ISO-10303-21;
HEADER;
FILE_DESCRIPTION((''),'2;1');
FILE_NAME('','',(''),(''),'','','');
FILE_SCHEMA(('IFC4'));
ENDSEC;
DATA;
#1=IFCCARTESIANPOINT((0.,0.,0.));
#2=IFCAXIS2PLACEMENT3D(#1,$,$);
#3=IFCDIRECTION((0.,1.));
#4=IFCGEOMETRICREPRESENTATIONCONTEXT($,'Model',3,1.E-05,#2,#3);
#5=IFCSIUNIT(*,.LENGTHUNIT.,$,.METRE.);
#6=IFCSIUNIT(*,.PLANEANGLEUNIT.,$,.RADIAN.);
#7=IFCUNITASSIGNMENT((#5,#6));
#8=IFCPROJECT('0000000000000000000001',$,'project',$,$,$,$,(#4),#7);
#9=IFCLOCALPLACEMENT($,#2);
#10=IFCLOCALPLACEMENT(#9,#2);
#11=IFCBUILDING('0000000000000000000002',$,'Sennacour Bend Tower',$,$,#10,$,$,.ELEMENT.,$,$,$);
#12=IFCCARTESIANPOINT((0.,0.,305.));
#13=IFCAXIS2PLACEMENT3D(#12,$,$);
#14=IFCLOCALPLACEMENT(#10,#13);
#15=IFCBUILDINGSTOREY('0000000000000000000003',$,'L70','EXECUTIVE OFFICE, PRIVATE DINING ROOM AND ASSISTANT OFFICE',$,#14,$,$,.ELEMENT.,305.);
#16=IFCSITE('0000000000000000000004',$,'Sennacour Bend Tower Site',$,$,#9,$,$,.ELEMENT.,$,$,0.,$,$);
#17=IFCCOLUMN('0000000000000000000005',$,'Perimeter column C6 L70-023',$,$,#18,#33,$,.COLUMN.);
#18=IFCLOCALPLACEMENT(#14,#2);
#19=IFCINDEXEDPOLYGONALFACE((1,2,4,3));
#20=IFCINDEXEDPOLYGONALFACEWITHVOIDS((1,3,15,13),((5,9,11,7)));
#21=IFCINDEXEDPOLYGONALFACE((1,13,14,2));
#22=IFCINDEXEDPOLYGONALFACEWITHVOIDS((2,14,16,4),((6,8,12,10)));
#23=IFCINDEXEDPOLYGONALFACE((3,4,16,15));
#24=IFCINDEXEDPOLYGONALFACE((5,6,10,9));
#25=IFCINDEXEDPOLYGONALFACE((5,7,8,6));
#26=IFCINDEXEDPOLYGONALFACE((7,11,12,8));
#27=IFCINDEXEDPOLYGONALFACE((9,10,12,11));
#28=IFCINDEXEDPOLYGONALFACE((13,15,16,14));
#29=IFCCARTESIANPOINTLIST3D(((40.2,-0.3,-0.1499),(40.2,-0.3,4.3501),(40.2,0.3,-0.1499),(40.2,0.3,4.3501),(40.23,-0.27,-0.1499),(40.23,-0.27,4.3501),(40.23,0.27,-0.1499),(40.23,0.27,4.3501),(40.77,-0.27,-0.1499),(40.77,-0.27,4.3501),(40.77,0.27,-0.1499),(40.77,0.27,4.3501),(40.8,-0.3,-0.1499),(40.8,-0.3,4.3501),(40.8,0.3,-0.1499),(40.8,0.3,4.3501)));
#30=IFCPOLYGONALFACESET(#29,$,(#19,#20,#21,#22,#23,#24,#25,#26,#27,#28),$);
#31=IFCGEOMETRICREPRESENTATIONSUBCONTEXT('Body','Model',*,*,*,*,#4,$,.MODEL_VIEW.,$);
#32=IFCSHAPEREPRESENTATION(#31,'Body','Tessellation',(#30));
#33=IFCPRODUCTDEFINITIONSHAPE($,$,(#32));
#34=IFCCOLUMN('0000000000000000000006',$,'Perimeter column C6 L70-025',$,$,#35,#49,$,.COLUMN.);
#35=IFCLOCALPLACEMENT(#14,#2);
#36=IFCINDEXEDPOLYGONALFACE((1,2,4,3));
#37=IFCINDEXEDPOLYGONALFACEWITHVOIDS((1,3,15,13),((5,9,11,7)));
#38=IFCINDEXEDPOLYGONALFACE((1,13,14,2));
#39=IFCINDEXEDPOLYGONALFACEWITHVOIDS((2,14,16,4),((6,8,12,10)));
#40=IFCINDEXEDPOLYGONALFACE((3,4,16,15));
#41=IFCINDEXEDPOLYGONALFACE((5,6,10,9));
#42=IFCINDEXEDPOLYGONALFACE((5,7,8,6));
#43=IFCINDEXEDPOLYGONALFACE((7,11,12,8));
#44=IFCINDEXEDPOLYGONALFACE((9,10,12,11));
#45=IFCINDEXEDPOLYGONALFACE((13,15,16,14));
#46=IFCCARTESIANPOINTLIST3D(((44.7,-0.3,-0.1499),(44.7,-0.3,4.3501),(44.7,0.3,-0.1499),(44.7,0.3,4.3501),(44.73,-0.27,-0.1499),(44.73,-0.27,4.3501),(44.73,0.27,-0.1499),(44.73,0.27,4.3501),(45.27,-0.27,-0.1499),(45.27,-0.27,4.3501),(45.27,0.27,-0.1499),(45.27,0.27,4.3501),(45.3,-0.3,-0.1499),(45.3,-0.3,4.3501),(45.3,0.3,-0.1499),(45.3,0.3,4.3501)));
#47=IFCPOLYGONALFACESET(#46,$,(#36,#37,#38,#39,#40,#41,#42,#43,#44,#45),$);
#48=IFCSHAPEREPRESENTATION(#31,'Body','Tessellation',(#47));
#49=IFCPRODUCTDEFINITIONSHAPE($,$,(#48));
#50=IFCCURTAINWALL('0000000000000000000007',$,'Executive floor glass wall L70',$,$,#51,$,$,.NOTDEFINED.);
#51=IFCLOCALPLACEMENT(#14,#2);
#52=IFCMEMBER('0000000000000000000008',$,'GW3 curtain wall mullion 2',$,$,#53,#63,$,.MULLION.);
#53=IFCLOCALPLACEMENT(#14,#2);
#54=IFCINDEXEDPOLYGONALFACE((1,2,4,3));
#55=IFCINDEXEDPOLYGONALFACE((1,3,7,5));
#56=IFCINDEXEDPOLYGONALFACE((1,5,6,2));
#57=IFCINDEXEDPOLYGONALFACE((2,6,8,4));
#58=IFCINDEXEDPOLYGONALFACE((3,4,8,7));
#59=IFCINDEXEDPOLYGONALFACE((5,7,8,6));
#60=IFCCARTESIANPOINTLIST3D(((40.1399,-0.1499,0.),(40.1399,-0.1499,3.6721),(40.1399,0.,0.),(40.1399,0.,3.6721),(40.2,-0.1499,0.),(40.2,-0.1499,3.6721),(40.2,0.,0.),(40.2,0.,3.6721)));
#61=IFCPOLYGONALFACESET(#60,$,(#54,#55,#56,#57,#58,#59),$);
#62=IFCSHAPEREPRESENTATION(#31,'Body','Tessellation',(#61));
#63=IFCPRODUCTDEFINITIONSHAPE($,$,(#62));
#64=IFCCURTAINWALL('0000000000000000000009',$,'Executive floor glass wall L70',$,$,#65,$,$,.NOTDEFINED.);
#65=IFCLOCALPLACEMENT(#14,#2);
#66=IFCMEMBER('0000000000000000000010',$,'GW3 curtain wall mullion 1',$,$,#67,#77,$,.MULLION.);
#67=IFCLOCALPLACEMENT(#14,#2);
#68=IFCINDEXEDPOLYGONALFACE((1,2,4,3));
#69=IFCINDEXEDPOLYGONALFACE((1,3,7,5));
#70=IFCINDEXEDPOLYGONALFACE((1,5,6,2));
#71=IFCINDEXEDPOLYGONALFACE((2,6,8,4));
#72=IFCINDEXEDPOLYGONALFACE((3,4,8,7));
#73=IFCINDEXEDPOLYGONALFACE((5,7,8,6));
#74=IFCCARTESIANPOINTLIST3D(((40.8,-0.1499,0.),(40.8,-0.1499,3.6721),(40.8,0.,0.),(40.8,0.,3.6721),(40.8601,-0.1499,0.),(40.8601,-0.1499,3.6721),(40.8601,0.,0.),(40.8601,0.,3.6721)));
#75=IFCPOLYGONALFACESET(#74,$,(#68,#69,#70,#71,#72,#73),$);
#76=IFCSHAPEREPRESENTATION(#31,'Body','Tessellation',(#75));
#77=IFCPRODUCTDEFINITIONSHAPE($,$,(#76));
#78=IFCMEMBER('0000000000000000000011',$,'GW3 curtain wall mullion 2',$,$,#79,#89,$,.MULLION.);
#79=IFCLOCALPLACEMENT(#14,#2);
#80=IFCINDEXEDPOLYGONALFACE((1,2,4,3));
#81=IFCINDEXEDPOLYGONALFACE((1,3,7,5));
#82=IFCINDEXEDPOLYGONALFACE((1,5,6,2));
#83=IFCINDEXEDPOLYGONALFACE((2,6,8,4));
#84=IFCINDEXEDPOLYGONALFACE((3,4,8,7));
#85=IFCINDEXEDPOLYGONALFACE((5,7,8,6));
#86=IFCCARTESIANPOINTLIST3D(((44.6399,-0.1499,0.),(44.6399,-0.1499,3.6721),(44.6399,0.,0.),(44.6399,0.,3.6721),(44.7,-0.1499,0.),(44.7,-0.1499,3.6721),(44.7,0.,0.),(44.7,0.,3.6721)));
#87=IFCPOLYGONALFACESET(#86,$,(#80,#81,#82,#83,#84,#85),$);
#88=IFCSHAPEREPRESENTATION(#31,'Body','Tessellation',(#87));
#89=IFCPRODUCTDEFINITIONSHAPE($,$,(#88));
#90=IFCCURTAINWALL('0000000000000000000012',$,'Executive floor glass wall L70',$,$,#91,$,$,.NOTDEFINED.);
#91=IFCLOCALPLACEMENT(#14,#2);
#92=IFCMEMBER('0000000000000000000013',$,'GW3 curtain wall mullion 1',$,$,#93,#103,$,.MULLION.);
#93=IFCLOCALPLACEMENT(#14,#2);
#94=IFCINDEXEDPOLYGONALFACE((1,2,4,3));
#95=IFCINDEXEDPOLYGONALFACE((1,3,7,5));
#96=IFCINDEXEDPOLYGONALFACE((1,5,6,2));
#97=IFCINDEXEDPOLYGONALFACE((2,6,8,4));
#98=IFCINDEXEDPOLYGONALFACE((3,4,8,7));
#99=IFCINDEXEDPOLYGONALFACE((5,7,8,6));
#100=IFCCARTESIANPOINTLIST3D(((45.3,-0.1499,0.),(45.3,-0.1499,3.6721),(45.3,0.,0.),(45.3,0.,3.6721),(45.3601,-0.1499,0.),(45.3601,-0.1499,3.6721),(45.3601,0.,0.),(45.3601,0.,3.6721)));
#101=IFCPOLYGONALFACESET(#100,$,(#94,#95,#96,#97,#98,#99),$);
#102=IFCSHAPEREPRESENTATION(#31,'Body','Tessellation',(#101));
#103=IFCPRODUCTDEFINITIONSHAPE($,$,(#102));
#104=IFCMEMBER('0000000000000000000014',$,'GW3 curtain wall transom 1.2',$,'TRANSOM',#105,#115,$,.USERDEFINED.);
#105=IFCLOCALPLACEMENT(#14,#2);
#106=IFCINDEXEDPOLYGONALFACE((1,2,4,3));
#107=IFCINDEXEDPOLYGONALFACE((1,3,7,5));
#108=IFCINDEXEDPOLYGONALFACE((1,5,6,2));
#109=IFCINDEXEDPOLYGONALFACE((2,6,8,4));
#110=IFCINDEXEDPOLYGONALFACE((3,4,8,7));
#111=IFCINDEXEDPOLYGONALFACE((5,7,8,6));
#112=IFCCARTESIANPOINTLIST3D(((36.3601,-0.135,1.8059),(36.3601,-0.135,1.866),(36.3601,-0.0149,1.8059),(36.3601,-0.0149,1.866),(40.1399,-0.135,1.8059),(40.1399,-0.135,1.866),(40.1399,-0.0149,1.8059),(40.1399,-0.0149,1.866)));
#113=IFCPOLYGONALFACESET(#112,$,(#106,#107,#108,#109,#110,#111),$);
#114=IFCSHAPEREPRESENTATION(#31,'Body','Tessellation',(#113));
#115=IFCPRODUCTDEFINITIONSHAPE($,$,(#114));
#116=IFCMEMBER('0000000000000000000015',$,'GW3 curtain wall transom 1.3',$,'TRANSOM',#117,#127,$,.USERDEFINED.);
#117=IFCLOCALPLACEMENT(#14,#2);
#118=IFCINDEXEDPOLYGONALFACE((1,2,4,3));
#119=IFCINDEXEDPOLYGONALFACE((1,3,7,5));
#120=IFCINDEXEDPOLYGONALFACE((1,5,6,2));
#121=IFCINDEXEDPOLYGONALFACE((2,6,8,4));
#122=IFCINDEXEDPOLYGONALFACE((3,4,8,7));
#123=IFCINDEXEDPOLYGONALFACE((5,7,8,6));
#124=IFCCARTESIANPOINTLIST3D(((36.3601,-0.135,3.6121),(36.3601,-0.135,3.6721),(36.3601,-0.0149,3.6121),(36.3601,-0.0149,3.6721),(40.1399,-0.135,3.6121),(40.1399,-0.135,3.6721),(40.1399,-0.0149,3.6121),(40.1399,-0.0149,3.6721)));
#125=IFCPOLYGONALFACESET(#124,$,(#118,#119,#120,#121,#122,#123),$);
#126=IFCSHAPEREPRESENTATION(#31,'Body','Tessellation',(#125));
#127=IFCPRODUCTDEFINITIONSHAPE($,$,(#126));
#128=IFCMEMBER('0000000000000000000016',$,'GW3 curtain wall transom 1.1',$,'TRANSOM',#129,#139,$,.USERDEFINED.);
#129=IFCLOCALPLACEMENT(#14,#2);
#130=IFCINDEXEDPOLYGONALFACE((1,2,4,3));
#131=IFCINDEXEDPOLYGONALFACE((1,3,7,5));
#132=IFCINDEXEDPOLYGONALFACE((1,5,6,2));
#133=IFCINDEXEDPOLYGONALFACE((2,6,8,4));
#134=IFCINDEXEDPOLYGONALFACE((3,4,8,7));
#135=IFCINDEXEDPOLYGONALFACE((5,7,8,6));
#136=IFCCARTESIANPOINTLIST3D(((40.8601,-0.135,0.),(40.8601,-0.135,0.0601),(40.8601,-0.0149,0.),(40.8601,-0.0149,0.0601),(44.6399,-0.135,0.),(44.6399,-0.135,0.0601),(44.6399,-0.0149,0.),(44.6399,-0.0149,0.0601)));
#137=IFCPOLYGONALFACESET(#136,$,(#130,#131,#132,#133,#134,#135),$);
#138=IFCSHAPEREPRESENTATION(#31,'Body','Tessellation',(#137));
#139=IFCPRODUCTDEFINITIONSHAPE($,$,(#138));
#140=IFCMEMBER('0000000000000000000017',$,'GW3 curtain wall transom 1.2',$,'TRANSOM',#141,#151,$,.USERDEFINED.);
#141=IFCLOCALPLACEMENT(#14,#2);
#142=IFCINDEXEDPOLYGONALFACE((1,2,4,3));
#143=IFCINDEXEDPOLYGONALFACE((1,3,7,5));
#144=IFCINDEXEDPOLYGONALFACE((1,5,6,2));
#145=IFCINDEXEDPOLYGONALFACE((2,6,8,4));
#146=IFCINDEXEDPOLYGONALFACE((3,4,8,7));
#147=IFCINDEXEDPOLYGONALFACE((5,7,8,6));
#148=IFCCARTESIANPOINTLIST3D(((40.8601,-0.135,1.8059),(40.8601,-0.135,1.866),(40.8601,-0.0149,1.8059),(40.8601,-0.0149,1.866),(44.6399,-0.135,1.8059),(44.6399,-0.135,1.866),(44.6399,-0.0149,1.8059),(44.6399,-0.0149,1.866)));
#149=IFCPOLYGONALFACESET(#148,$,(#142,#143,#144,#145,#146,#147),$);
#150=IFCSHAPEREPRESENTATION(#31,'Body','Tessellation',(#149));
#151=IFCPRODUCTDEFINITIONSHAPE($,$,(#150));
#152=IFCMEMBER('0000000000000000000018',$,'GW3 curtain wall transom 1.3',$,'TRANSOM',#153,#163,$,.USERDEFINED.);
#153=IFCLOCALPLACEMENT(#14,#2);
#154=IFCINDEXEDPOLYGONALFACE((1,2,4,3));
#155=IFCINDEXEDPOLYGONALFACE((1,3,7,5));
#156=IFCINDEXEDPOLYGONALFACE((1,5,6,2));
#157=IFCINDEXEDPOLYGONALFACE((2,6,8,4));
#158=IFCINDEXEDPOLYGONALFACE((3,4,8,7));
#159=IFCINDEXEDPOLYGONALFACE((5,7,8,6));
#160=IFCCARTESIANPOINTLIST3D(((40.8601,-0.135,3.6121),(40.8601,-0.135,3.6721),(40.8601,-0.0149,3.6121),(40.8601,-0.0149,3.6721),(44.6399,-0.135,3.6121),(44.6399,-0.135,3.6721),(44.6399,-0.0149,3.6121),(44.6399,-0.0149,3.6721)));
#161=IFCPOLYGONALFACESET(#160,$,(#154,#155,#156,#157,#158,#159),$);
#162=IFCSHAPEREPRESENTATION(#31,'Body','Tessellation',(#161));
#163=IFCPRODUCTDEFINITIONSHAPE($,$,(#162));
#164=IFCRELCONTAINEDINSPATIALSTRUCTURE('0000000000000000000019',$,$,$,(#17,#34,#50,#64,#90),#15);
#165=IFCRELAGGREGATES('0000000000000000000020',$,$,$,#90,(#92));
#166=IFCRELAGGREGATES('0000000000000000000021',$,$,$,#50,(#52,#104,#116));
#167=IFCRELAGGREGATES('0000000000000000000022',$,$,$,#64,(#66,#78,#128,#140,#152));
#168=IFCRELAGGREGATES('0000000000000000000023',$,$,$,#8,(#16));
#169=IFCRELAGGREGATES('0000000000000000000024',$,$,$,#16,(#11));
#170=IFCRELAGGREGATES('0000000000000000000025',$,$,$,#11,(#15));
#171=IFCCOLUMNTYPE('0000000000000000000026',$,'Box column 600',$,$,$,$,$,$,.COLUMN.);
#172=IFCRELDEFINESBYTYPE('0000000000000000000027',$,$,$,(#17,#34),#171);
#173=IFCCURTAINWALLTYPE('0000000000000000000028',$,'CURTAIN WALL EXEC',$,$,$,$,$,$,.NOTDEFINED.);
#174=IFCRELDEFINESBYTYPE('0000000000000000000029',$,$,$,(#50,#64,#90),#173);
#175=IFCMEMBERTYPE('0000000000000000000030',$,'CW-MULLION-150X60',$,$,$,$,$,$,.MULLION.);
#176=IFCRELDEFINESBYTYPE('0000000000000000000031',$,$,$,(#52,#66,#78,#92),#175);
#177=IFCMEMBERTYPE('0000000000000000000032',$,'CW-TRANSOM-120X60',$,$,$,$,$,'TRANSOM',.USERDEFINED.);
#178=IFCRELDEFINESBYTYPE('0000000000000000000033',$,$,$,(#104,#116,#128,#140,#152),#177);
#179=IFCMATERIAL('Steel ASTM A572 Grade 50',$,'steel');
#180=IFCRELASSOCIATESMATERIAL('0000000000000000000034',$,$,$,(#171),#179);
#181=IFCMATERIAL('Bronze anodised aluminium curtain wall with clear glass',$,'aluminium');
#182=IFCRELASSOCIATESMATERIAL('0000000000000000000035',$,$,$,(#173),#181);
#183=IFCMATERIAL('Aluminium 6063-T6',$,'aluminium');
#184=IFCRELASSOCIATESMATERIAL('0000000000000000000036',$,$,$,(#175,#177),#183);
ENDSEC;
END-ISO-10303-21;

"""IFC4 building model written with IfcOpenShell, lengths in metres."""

from ifc_helpers import new_model, si_unit, direction, frame, origin, origin_2d, place, context, subcontext, project, spatial, rectangle, hollow_rectangle, extrude, material, material_profile, profile_set, type_object, element, aggregate, save


model = new_model("IFC4")

# Units and contexts
model_context = context("Model", 3, precision=1e-05, world=origin(), true_north=direction((0.0, 1.0)))
body_context = subcontext(model_context, "Body", "Model", "MODEL_VIEW")
ifc_project = project(units=[si_unit("LENGTHUNIT", "METRE"), si_unit("PLANEANGLEUNIT", "RADIAN")], contexts=[model_context])

# Site, building, storey
site_placement = place(None, origin())
site = spatial("IfcSite", under=ifc_project, at=site_placement, Name="Sennacour Bend Tower Site", CompositionType="ELEMENT", RefElevation=0.0)
building_placement = place(site_placement, origin())
building = spatial("IfcBuilding", under=site, at=building_placement, Name="Sennacour Bend Tower", CompositionType="ELEMENT")
storey_placement = place(building_placement, frame((0.0, 0.0, 305.0)))
storey = spatial("IfcBuildingStorey", under=building, at=storey_placement, Name="L70", Description="EXECUTIVE OFFICE, PRIVATE DINING ROOM AND ASSISTANT OFFICE", CompositionType="ELEMENT", Elevation=305.0)

# Columns
ifc_material_1 = material(Name="Steel ASTM A572 Grade 50", Category="steel")
ifc_material_profile_1 = material_profile(ifc_material_1, hollow_rectangle(XDim=0.6001, YDim=0.6001, WallThickness=0.03, at=origin_2d()), Name="Steel ASTM A572 Grade 50", Category="steel")
ifc_profile_set_1 = profile_set([ifc_material_profile_1], Name="Steel ASTM A572 Grade 50")
column_type = type_object("IfcColumnType", Name="Box column 600", PredefinedType="COLUMN", material=ifc_profile_set_1)
for number, where, z_axis, x_axis, name in (
    (1, (40.5, 0.0, -0.1499), (0.0, 0.0, 1.0), (1.0, 0.0, 0.0), "Perimeter column C6 L70-023"),
    (2, (45.0, 0.0, -0.1499), (0.0, 0.0, 1.0), (1.0, 0.0, 0.0), "Perimeter column C6 L70-025"),
):
    element("IfcColumn", number, at=place(storey_placement, frame(where, z_axis=z_axis, x_axis=x_axis)), inside=storey, type_object=column_type, Name=name, PredefinedType="COLUMN", context=body_context, shape_type="SweptSolid", body=[
        extrude(hollow_rectangle(XDim=0.6001, YDim=0.6001, WallThickness=0.03, at=origin_2d()), origin(), (0.0, 0.0, 1.0), 4.5),
    ])

# Curtain wall, member
ifc_material_2 = material(Name="Bronze anodised aluminium curtain wall with clear glass", Category="aluminium")
curtain_wall_type = type_object("IfcCurtainWallType", Name="CURTAIN WALL EXEC", PredefinedType="NOTDEFINED", material=ifc_material_2)
curtain_wall_1_placement = place(storey_placement, origin())
curtain_wall_1 = element("IfcCurtainWall", 3, at=curtain_wall_1_placement, inside=storey, type_object=curtain_wall_type, Name="Executive floor glass wall L70", PredefinedType="NOTDEFINED")
ifc_material_3 = material(Name="Aluminium 6063-T6", Category="aluminium")
ifc_material_profile_2 = material_profile(ifc_material_3, rectangle(XDim=0.1499, YDim=0.0601, at=origin_2d()), Name="Aluminium 6063-T6", Category="aluminium")
ifc_profile_set_2 = profile_set([ifc_material_profile_2], Name="Aluminium 6063-T6")
member_type_1 = type_object("IfcMemberType", Name="CW-MULLION-150X60", PredefinedType="MULLION", material=ifc_profile_set_2)
member_1_placement = place(storey_placement, frame((40.1699, -0.075, 0.0), z_axis=(0.0, 0.0, 1.0), x_axis=(0.0, 1.0, 0.0)))
member_1 = element("IfcMember", 4, at=member_1_placement, type_object=member_type_1, Name="GW3 curtain wall mullion 2", PredefinedType="MULLION", context=body_context, shape_type="SweptSolid", body=[
    extrude(rectangle(XDim=0.1499, YDim=0.0601, at=origin_2d()), origin(), (0.0, 0.0, 1.0), 3.6721),
])

# Curtain wall, members
curtain_wall_2_placement = place(storey_placement, origin())
curtain_wall_2 = element("IfcCurtainWall", 5, at=curtain_wall_2_placement, inside=storey, type_object=curtain_wall_type, Name="Executive floor glass wall L70", PredefinedType="NOTDEFINED")
member_2_placement = place(storey_placement, frame((40.8301, -0.075, 0.0), z_axis=(0.0, 0.0, 1.0), x_axis=(0.0, 1.0, 0.0)))
member_2 = element("IfcMember", 6, at=member_2_placement, type_object=member_type_1, Name="GW3 curtain wall mullion 1", PredefinedType="MULLION", context=body_context, shape_type="SweptSolid", body=[
    extrude(rectangle(XDim=0.1499, YDim=0.0601, at=origin_2d()), origin(), (0.0, 0.0, 1.0), 3.6721),
])
member_3_placement = place(storey_placement, frame((44.6699, -0.075, 0.0), z_axis=(0.0, 0.0, 1.0), x_axis=(0.0, 1.0, 0.0)))
member_3 = element("IfcMember", 7, at=member_3_placement, type_object=member_type_1, Name="GW3 curtain wall mullion 2", PredefinedType="MULLION", context=body_context, shape_type="SweptSolid", body=[
    extrude(rectangle(XDim=0.1499, YDim=0.0601, at=origin_2d()), origin(), (0.0, 0.0, 1.0), 3.6721),
])

# Curtain wall, member
curtain_wall_3_placement = place(storey_placement, origin())
curtain_wall_3 = element("IfcCurtainWall", 8, at=curtain_wall_3_placement, inside=storey, type_object=curtain_wall_type, Name="Executive floor glass wall L70", PredefinedType="NOTDEFINED")
member_4_placement = place(storey_placement, frame((45.3301, -0.075, 0.0), z_axis=(0.0, 0.0, 1.0), x_axis=(0.0, 1.0, 0.0)))
member_4 = element("IfcMember", 9, at=member_4_placement, type_object=member_type_1, Name="GW3 curtain wall mullion 1", PredefinedType="MULLION", context=body_context, shape_type="SweptSolid", body=[
    extrude(rectangle(XDim=0.1499, YDim=0.0601, at=origin_2d()), origin(), (0.0, 0.0, 1.0), 3.6721),
])
aggregate(curtain_wall_3, [member_4])

# Members
ifc_material_profile_3 = material_profile(ifc_material_3, rectangle(XDim=0.1201, YDim=0.0601, at=origin_2d()), Name="Aluminium 6063-T6", Category="aluminium")
ifc_profile_set_3 = profile_set([ifc_material_profile_3], Name="Aluminium 6063-T6")
member_type_2 = type_object("IfcMemberType", Name="CW-TRANSOM-120X60", ElementType="TRANSOM", PredefinedType="USERDEFINED", material=ifc_profile_set_3)
member_5_placement = place(storey_placement, frame((36.3601, -0.075, 1.8359), z_axis=(1.0, 0.0, 0.0), x_axis=(0.0, 1.0, 0.0)))
member_5 = element("IfcMember", 10, at=member_5_placement, type_object=member_type_2, Name="GW3 curtain wall transom 1.2", ObjectType="TRANSOM", PredefinedType="USERDEFINED", context=body_context, shape_type="SweptSolid", body=[
    extrude(rectangle(XDim=0.1201, YDim=0.0601, at=origin_2d()), origin(), (0.0, 0.0, 1.0), 3.7798),
])
member_6_placement = place(storey_placement, frame((36.3601, -0.075, 3.6421), z_axis=(1.0, 0.0, 0.0), x_axis=(0.0, 1.0, 0.0)))
member_6 = element("IfcMember", 11, at=member_6_placement, type_object=member_type_2, Name="GW3 curtain wall transom 1.3", ObjectType="TRANSOM", PredefinedType="USERDEFINED", context=body_context, shape_type="SweptSolid", body=[
    extrude(rectangle(XDim=0.1201, YDim=0.0601, at=origin_2d()), origin(), (0.0, 0.0, 1.0), 3.7798),
])
member_7_placement = place(storey_placement, frame((40.8601, -0.075, 0.03), z_axis=(1.0, 0.0, 0.0), x_axis=(0.0, 1.0, 0.0)))
member_7 = element("IfcMember", 12, at=member_7_placement, type_object=member_type_2, Name="GW3 curtain wall transom 1.1", ObjectType="TRANSOM", PredefinedType="USERDEFINED", context=body_context, shape_type="SweptSolid", body=[
    extrude(rectangle(XDim=0.1201, YDim=0.0601, at=origin_2d()), origin(), (0.0, 0.0, 1.0), 3.7798),
])
member_8_placement = place(storey_placement, frame((40.8601, -0.075, 1.8359), z_axis=(1.0, 0.0, 0.0), x_axis=(0.0, 1.0, 0.0)))
member_8 = element("IfcMember", 13, at=member_8_placement, type_object=member_type_2, Name="GW3 curtain wall transom 1.2", ObjectType="TRANSOM", PredefinedType="USERDEFINED", context=body_context, shape_type="SweptSolid", body=[
    extrude(rectangle(XDim=0.1201, YDim=0.0601, at=origin_2d()), origin(), (0.0, 0.0, 1.0), 3.7798),
])
member_9_placement = place(storey_placement, frame((40.8601, -0.075, 3.6421), z_axis=(1.0, 0.0, 0.0), x_axis=(0.0, 1.0, 0.0)))
member_9 = element("IfcMember", 14, at=member_9_placement, type_object=member_type_2, Name="GW3 curtain wall transom 1.3", ObjectType="TRANSOM", PredefinedType="USERDEFINED", context=body_context, shape_type="SweptSolid", body=[
    extrude(rectangle(XDim=0.1201, YDim=0.0601, at=origin_2d()), origin(), (0.0, 0.0, 1.0), 3.7798),
])

aggregate(curtain_wall_1, [member_1, member_5, member_6])
aggregate(curtain_wall_2, [member_2, member_3, member_7, member_8, member_9])

save(model, "model.ifc")
